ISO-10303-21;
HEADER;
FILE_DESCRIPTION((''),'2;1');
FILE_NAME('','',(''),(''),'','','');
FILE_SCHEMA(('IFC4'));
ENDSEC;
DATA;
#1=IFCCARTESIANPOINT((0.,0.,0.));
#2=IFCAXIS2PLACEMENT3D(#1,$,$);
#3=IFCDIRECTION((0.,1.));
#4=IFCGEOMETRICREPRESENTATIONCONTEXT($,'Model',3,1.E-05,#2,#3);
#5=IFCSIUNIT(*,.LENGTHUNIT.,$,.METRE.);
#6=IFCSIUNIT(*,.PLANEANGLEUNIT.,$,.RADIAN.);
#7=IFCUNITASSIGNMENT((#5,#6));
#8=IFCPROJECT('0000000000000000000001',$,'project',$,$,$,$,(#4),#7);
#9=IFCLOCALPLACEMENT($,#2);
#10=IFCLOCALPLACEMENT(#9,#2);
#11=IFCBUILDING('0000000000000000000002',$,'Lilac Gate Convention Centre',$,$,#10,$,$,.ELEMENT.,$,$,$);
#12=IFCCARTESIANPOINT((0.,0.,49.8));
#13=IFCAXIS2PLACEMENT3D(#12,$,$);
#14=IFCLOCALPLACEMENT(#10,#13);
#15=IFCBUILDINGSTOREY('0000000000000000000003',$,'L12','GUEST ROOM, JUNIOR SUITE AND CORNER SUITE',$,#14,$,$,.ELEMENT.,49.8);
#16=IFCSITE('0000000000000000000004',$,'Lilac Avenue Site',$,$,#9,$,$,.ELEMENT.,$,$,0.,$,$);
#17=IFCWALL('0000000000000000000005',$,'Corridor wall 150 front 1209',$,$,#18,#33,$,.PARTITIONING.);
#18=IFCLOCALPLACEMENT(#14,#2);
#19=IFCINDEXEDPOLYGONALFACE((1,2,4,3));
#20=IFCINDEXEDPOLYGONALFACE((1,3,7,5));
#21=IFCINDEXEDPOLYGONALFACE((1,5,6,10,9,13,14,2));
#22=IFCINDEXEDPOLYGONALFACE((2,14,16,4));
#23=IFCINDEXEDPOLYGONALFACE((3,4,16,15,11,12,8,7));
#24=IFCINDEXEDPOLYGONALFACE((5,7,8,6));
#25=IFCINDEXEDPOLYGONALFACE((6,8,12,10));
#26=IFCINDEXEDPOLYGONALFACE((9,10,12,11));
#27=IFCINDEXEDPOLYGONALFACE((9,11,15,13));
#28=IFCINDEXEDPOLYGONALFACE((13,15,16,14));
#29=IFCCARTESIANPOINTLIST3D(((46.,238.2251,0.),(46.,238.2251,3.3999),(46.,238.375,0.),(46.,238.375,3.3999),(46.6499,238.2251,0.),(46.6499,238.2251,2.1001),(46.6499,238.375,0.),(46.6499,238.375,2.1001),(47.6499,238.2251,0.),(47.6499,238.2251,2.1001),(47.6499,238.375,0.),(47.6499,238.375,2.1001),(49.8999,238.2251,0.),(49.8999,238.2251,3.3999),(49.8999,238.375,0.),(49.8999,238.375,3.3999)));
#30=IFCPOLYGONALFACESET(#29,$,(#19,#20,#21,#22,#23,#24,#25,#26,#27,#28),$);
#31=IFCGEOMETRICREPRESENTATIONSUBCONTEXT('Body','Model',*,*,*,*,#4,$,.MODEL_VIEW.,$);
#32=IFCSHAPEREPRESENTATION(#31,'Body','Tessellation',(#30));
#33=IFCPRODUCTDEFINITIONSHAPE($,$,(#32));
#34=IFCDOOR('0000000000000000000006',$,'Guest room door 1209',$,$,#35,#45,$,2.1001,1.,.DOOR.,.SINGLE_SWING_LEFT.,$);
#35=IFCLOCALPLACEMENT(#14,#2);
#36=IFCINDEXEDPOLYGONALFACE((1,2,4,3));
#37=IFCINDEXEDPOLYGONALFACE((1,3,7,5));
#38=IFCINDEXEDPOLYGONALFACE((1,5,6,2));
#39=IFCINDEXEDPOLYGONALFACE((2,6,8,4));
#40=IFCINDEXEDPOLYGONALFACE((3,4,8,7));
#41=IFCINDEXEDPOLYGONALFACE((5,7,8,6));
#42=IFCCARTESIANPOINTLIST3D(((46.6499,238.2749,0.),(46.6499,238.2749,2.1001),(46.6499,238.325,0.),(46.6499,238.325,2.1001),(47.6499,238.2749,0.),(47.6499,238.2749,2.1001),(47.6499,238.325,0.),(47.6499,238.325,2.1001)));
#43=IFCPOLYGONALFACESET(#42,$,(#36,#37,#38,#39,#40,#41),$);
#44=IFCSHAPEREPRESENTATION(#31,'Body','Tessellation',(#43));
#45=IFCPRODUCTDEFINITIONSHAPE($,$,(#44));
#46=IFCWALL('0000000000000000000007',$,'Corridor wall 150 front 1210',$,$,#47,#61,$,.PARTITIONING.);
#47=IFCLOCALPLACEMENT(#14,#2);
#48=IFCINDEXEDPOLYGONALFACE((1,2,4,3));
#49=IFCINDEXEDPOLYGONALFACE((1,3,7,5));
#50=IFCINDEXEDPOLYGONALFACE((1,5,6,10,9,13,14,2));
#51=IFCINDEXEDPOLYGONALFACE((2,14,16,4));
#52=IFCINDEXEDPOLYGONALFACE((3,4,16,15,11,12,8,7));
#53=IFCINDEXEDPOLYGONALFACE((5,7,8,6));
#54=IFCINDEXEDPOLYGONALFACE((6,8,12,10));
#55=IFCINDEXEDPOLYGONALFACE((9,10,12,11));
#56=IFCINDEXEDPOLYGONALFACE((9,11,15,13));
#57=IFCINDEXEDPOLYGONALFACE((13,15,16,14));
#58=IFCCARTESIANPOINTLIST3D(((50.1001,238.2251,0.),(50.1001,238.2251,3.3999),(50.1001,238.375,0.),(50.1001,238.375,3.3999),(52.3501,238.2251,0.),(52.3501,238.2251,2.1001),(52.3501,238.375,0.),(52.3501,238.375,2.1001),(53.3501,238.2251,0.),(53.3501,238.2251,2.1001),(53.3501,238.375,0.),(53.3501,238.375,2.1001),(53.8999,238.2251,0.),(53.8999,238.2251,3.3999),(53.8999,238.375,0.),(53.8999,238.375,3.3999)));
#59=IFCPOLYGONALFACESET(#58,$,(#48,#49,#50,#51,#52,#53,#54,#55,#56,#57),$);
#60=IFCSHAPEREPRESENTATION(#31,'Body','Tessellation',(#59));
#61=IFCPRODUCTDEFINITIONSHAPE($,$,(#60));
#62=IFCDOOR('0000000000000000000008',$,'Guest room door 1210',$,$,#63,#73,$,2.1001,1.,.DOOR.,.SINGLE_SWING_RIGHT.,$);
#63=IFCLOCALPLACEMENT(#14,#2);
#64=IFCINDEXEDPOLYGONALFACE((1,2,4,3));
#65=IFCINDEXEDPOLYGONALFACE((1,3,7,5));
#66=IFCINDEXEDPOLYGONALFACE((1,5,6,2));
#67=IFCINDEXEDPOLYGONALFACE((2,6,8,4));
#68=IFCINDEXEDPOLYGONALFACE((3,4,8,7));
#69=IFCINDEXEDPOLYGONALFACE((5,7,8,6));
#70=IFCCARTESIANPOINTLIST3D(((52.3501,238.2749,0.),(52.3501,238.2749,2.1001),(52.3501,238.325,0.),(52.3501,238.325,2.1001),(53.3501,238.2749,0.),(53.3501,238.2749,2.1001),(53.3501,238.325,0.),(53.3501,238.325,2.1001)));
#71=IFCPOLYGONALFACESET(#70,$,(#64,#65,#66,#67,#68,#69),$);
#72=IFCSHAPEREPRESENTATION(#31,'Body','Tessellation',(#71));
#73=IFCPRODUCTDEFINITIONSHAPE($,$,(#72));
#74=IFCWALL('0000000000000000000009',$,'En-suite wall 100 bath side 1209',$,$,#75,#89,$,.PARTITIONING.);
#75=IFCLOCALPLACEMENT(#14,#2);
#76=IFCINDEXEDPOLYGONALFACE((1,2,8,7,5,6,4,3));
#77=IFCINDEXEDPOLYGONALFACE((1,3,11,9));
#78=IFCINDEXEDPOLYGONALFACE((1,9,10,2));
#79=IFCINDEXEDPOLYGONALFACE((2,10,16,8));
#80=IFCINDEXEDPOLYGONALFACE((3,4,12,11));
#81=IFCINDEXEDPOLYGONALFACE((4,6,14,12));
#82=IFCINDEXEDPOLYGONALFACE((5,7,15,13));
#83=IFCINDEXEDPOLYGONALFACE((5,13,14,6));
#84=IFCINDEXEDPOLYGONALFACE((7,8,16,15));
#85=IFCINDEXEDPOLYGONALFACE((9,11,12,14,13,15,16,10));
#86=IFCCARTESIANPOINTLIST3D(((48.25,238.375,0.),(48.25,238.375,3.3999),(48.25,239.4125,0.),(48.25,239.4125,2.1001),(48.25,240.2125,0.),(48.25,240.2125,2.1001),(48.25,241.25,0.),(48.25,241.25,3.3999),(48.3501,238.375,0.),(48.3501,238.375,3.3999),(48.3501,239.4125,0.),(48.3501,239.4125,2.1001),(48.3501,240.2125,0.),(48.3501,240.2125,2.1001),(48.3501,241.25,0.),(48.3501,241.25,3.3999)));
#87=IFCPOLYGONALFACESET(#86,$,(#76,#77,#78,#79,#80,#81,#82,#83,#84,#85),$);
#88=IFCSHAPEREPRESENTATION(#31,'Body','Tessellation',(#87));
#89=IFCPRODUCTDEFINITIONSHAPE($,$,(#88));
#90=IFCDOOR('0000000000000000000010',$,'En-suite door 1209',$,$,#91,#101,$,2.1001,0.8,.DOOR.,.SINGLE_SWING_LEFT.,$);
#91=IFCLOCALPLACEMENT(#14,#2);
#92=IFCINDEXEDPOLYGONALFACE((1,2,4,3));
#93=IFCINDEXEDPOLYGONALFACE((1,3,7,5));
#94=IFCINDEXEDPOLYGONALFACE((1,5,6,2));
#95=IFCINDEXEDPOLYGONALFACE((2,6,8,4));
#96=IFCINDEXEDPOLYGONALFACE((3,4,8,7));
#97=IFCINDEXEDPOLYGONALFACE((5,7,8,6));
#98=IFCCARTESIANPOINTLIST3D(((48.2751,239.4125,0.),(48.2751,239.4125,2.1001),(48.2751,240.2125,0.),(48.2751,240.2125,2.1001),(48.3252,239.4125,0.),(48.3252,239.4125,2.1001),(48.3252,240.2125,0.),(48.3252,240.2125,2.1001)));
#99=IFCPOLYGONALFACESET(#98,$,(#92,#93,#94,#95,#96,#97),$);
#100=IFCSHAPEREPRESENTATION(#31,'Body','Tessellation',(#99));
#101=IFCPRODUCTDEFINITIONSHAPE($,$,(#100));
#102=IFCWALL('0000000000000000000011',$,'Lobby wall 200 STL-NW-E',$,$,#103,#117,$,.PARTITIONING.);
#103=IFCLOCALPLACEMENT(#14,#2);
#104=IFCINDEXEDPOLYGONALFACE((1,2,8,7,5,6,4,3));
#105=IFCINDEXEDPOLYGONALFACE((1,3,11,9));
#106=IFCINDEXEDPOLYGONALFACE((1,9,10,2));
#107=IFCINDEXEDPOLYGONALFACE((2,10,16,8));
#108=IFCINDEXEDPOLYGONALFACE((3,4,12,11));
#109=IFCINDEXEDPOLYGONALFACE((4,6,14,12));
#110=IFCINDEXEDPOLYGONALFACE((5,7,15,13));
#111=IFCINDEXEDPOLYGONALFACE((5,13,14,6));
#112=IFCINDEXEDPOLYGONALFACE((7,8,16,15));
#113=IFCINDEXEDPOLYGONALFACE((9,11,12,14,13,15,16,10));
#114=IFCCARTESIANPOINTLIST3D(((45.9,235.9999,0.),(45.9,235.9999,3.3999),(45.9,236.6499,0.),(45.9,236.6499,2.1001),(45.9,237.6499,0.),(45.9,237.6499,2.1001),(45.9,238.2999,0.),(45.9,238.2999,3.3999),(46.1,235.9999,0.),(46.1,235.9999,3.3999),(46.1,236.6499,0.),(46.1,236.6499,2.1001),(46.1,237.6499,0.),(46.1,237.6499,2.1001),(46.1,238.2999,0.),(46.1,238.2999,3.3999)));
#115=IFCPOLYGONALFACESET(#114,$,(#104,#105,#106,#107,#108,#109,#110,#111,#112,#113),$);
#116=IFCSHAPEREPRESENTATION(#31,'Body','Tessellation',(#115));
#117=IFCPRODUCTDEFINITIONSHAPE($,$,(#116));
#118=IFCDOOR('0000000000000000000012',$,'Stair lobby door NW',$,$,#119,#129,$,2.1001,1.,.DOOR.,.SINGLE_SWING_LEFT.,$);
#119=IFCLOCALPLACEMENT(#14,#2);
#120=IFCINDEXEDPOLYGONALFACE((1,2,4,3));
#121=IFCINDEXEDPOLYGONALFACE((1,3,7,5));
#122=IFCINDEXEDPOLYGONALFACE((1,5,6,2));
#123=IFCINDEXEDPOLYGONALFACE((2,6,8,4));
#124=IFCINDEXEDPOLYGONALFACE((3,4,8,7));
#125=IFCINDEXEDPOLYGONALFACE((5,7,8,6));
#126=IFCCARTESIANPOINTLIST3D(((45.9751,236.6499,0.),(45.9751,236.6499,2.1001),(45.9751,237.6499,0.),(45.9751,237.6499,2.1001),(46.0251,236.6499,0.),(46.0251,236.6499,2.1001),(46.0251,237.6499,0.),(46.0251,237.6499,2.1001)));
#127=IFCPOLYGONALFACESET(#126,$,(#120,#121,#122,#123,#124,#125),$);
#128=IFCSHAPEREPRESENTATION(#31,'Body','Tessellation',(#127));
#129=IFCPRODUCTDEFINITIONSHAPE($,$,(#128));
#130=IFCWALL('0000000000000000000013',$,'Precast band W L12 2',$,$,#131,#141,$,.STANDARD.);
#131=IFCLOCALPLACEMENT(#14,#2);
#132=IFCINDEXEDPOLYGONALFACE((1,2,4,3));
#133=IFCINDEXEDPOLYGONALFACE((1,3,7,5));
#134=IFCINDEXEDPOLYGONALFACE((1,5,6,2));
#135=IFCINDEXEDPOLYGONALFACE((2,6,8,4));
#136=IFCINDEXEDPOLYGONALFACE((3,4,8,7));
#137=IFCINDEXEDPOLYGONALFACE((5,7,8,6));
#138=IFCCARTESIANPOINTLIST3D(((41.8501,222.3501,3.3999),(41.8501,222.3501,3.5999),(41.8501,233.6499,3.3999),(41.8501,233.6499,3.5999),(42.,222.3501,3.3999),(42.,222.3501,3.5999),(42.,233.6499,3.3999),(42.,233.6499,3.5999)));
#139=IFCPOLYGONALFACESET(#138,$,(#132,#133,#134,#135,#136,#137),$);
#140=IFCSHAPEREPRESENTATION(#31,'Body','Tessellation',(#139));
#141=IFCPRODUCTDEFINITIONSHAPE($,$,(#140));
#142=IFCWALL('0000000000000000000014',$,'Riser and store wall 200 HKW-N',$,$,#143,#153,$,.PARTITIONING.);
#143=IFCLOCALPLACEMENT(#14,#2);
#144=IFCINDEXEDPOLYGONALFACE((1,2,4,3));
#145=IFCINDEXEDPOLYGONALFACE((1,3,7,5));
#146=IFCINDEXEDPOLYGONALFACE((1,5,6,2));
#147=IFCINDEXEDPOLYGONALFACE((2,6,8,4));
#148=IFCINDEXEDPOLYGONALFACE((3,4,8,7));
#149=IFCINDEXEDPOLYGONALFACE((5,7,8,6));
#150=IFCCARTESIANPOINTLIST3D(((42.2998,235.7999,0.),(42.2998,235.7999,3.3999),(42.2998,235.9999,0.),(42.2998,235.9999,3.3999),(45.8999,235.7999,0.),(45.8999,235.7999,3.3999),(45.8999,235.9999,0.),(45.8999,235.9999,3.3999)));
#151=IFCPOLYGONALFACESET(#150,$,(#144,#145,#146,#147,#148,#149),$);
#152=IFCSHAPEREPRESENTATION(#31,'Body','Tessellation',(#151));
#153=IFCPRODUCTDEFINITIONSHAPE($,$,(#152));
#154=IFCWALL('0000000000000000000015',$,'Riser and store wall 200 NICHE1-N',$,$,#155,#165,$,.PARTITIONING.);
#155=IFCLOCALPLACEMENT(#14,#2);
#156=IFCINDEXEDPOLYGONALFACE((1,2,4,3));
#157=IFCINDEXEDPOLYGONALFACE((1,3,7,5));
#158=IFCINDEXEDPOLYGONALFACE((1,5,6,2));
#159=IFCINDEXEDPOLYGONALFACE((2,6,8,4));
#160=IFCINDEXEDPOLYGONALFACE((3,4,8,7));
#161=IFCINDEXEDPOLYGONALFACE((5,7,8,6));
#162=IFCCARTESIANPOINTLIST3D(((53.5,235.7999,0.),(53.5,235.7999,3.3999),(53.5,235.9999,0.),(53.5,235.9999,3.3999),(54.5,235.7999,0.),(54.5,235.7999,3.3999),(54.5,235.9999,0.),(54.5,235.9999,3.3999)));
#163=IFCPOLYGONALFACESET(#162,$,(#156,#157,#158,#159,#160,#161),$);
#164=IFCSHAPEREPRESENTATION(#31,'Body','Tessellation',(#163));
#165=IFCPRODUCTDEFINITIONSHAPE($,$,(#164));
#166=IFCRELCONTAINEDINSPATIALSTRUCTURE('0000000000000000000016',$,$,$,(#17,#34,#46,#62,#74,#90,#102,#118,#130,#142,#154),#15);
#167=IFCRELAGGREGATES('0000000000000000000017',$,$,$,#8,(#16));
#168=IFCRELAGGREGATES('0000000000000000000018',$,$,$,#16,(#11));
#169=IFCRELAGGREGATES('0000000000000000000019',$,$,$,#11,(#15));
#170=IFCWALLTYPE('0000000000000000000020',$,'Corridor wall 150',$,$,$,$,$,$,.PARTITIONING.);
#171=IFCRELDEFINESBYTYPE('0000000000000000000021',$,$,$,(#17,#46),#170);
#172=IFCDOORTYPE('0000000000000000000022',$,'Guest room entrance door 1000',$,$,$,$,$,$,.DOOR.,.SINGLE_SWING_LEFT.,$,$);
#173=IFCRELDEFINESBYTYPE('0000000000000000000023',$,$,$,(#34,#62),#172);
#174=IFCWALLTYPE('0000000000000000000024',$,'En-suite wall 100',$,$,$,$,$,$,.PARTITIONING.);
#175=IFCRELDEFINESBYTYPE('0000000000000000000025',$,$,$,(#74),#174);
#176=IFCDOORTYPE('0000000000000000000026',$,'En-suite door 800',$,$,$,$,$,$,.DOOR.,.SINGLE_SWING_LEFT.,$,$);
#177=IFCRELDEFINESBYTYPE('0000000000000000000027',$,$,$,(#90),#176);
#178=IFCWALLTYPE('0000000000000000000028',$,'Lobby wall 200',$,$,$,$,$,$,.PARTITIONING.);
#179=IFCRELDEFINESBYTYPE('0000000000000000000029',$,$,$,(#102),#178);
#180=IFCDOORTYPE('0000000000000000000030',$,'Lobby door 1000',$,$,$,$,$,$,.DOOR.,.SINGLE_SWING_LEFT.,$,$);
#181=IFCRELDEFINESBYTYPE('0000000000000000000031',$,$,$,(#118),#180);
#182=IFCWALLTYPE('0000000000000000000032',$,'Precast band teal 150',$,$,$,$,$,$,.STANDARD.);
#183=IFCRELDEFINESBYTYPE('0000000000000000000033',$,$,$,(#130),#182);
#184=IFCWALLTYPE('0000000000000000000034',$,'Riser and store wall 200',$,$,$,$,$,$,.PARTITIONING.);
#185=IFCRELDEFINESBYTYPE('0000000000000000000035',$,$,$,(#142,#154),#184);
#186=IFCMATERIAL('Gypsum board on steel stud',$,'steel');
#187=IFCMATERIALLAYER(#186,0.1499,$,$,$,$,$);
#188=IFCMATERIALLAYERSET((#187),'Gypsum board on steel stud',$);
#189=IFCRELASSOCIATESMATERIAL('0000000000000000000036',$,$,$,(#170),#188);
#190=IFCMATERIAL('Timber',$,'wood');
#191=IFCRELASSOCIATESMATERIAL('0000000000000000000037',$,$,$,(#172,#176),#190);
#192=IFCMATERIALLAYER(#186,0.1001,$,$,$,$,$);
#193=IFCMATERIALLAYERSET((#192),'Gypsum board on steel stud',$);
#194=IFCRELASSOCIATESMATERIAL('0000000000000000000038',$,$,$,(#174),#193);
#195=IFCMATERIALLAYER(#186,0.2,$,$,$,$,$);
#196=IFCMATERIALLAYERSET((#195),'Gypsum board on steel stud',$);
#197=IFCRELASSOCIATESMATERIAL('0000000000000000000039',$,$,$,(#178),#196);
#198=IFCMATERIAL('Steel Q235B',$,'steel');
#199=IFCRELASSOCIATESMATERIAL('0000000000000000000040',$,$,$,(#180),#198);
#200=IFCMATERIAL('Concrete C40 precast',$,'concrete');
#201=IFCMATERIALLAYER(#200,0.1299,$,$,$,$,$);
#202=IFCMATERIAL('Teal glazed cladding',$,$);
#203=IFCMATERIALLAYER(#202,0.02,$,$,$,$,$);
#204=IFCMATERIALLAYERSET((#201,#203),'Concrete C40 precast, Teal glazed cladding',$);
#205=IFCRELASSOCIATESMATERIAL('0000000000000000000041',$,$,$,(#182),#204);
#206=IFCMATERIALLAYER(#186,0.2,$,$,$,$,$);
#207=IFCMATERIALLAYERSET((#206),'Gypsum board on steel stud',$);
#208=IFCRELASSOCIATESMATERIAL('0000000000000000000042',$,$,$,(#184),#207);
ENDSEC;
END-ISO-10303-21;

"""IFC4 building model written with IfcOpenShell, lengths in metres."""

from ifc_helpers import new_model, si_unit, direction, frame, frame_2d, origin, place, context, subcontext, project, spatial, rectangle, extrude, material, layer, layer_set, type_object, element, fill, save


model = new_model("IFC4")

# Units and contexts
model_context = context("Model", 3, precision=1e-05, world=origin(), true_north=direction((0.0, 1.0)))
body_context = subcontext(model_context, "Body", "Model", "MODEL_VIEW")
ifc_project = project(units=[si_unit("LENGTHUNIT", "METRE"), si_unit("PLANEANGLEUNIT", "RADIAN")], contexts=[model_context])

# Site, building, storey
site_placement = place(None, origin())
site = spatial("IfcSite", under=ifc_project, at=site_placement, Name="Lilac Avenue Site", CompositionType="ELEMENT", RefElevation=0.0)
building_placement = place(site_placement, origin())
building = spatial("IfcBuilding", under=site, at=building_placement, Name="Lilac Gate Convention Centre", CompositionType="ELEMENT")
storey_placement = place(building_placement, frame((0.0, 0.0, 49.8)))
storey = spatial("IfcBuildingStorey", under=building, at=storey_placement, Name="L12", Description="GUEST ROOM, JUNIOR SUITE AND CORNER SUITE", CompositionType="ELEMENT", Elevation=49.8)

# Walls, openings, doors
ifc_material_1 = material(Name="Gypsum board on steel stud", Category="steel")
ifc_layer_1 = layer(ifc_material_1, 0.1499)
ifc_layer_set_1 = layer_set([ifc_layer_1], Name="Gypsum board on steel stud")
wall_type_1 = type_object("IfcWallType", Name="Corridor wall 150", PredefinedType="PARTITIONING", material=ifc_layer_set_1)
wall_1_placement = place(storey_placement, frame((46.0, 238.3, 0.0), z_axis=(0.0, 0.0, 1.0), x_axis=(1.0, 0.0, 0.0)))
wall_1 = element("IfcWall", 1, at=wall_1_placement, inside=storey, type_object=wall_type_1, Name="Corridor wall 150 front 1209", PredefinedType="PARTITIONING", context=body_context, shape_type="SweptSolid", body=[
    extrude(rectangle(XDim=3.8999, YDim=0.1499, at=frame_2d((1.95, 0.0))), origin(), (0.0, 0.0, 1.0), 3.3999),
])
opening_1_placement = place(wall_1_placement, frame((0.6499, 0.0, 0.0)))
opening_1 = element("IfcOpeningElement", 2, at=opening_1_placement, cuts=wall_1, PredefinedType="OPENING", context=body_context, shape_type="SweptSolid", body=[
    extrude(rectangle(XDim=1.0, YDim=2.1001, at=frame_2d((0.5, 1.05))), frame((0.0, 0.085, 0.0), z_axis=(0.0, -1.0, 0.0), x_axis=(1.0, 0.0, 0.0)), (0.0, 0.0, 1.0), 0.1699),
])
ifc_material_2 = material(Name="Timber", Category="wood")
door_type_1 = type_object("IfcDoorType", Name="Guest room entrance door 1000", OperationType="SINGLE_SWING_LEFT", PredefinedType="DOOR", material=ifc_material_2)
door_1_placement = place(opening_1_placement, origin())
door_1 = element("IfcDoor", 3, at=door_1_placement, inside=storey, type_object=door_type_1, Name="Guest room door 1209", OperationType="SINGLE_SWING_LEFT", OverallHeight=2.1001, OverallWidth=1.0, PredefinedType="DOOR", context=body_context, shape_type="SweptSolid", body=[
    extrude(rectangle(XDim=1.0, YDim=2.1001, at=frame_2d((0.5, 1.05))), frame((0.0, 0.0249, 0.0), z_axis=(0.0, -1.0, 0.0), x_axis=(1.0, 0.0, 0.0)), (0.0, 0.0, 1.0), 0.05),
])
fill(opening_1, door_1)
wall_2_placement = place(storey_placement, frame((50.1001, 238.3, 0.0), z_axis=(0.0, 0.0, 1.0), x_axis=(1.0, 0.0, 0.0)))
wall_2 = element("IfcWall", 4, at=wall_2_placement, inside=storey, type_object=wall_type_1, Name="Corridor wall 150 front 1210", PredefinedType="PARTITIONING", context=body_context, shape_type="SweptSolid", body=[
    extrude(rectangle(XDim=3.7998, YDim=0.1499, at=frame_2d((1.8999, 0.0))), origin(), (0.0, 0.0, 1.0), 3.3999),
])
opening_2_placement = place(wall_2_placement, frame((2.25, 0.0, 0.0)))
opening_2 = element("IfcOpeningElement", 5, at=opening_2_placement, cuts=wall_2, PredefinedType="OPENING", context=body_context, shape_type="SweptSolid", body=[
    extrude(rectangle(XDim=1.0, YDim=2.1001, at=frame_2d((0.5, 1.05))), frame((0.0, 0.085, 0.0), z_axis=(0.0, -1.0, 0.0), x_axis=(1.0, 0.0, 0.0)), (0.0, 0.0, 1.0), 0.1699),
])
door_2_placement = place(opening_2_placement, origin())
door_2 = element("IfcDoor", 6, at=door_2_placement, inside=storey, type_object=door_type_1, Name="Guest room door 1210", OperationType="SINGLE_SWING_RIGHT", OverallHeight=2.1001, OverallWidth=1.0, PredefinedType="DOOR", context=body_context, shape_type="SweptSolid", body=[
    extrude(rectangle(XDim=1.0, YDim=2.1001, at=frame_2d((0.5, 1.05))), frame((0.0, 0.0249, 0.0), z_axis=(0.0, -1.0, 0.0), x_axis=(1.0, 0.0, 0.0)), (0.0, 0.0, 1.0), 0.05),
])
fill(opening_2, door_2)
ifc_layer_2 = layer(ifc_material_1, 0.1001)
ifc_layer_set_2 = layer_set([ifc_layer_2], Name="Gypsum board on steel stud")
wall_type_2 = type_object("IfcWallType", Name="En-suite wall 100", PredefinedType="PARTITIONING", material=ifc_layer_set_2)
wall_3_placement = place(storey_placement, frame((48.3, 238.375, 0.0), z_axis=(0.0, 0.0, 1.0), x_axis=(0.0, 1.0, 0.0)))
wall_3 = element("IfcWall", 7, at=wall_3_placement, inside=storey, type_object=wall_type_2, Name="En-suite wall 100 bath side 1209", PredefinedType="PARTITIONING", context=body_context, shape_type="SweptSolid", body=[
    extrude(rectangle(XDim=2.875, YDim=0.1001, at=frame_2d((1.4375, 0.0))), origin(), (0.0, 0.0, 1.0), 3.3999),
])
opening_3_placement = place(wall_3_placement, frame((1.0376, 0.0, 0.0)))
opening_3 = element("IfcOpeningElement", 8, at=opening_3_placement, cuts=wall_3, PredefinedType="OPENING", context=body_context, shape_type="SweptSolid", body=[
    extrude(rectangle(XDim=0.8, YDim=2.1001, at=frame_2d((0.3999, 1.05))), frame((0.0, 0.0601, 0.0), z_axis=(0.0, -1.0, 0.0), x_axis=(1.0, 0.0, 0.0)), (0.0, 0.0, 1.0), 0.1201),
])
door_type_2 = type_object("IfcDoorType", Name="En-suite door 800", OperationType="SINGLE_SWING_LEFT", PredefinedType="DOOR", material=ifc_material_2)
door_3_placement = place(opening_3_placement, origin())
door_3 = element("IfcDoor", 9, at=door_3_placement, inside=storey, type_object=door_type_2, Name="En-suite door 1209", OperationType="SINGLE_SWING_LEFT", OverallHeight=2.1001, OverallWidth=0.8, PredefinedType="DOOR", context=body_context, shape_type="SweptSolid", body=[
    extrude(rectangle(XDim=0.8, YDim=2.1001, at=frame_2d((0.3999, 1.05))), frame((0.0, 0.0249, 0.0), z_axis=(0.0, -1.0, 0.0), x_axis=(1.0, 0.0, 0.0)), (0.0, 0.0, 1.0), 0.05),
])
fill(opening_3, door_3)
ifc_layer_3 = layer(ifc_material_1, 0.2)
ifc_layer_set_3 = layer_set([ifc_layer_3], Name="Gypsum board on steel stud")
wall_type_3 = type_object("IfcWallType", Name="Lobby wall 200", PredefinedType="PARTITIONING", material=ifc_layer_set_3)
wall_4_placement = place(storey_placement, frame((46.0, 236.0, 0.0), z_axis=(0.0, 0.0, 1.0), x_axis=(0.0, 1.0, 0.0)))
wall_4 = element("IfcWall", 10, at=wall_4_placement, inside=storey, type_object=wall_type_3, Name="Lobby wall 200 STL-NW-E", PredefinedType="PARTITIONING", context=body_context, shape_type="SweptSolid", body=[
    extrude(rectangle(XDim=2.3, YDim=0.2, at=frame_2d((1.1499, 0.0))), origin(), (0.0, 0.0, 1.0), 3.3999),
])
opening_4_placement = place(wall_4_placement, frame((0.6499, 0.0, 0.0)))
opening_4 = element("IfcOpeningElement", 11, at=opening_4_placement, cuts=wall_4, PredefinedType="OPENING", context=body_context, shape_type="SweptSolid", body=[
    extrude(rectangle(XDim=1.0, YDim=2.1001, at=frame_2d((0.5, 1.05))), frame((0.0, 0.1099, 0.0), z_axis=(0.0, -1.0, 0.0), x_axis=(1.0, 0.0, 0.0)), (0.0, 0.0, 1.0), 0.22),
])
ifc_material_3 = material(Name="Steel Q235B", Category="steel")
door_type_3 = type_object("IfcDoorType", Name="Lobby door 1000", OperationType="SINGLE_SWING_LEFT", PredefinedType="DOOR", material=ifc_material_3)
door_4_placement = place(opening_4_placement, origin())
door_4 = element("IfcDoor", 12, at=door_4_placement, inside=storey, type_object=door_type_3, Name="Stair lobby door NW", OperationType="SINGLE_SWING_LEFT", OverallHeight=2.1001, OverallWidth=1.0, PredefinedType="DOOR", context=body_context, shape_type="SweptSolid", body=[
    extrude(rectangle(XDim=1.0, YDim=2.1001, at=frame_2d((0.5, 1.05))), frame((0.0, 0.0249, 0.0), z_axis=(0.0, -1.0, 0.0), x_axis=(1.0, 0.0, 0.0)), (0.0, 0.0, 1.0), 0.05),
])
fill(opening_4, door_4)

# Walls
ifc_material_4 = material(Name="Concrete C40 precast", Category="concrete")
ifc_layer_4 = layer(ifc_material_4, 0.1299)
ifc_material_5 = material(Name="Teal glazed cladding")
ifc_layer_5 = layer(ifc_material_5, 0.02)
ifc_layer_set_4 = layer_set([ifc_layer_4, ifc_layer_5], Name="Concrete C40 precast, Teal glazed cladding")
wall_type_4 = type_object("IfcWallType", Name="Precast band teal 150", PredefinedType="STANDARD", material=ifc_layer_set_4)
wall_5_placement = place(storey_placement, frame((41.925, 233.6499, 3.3999), z_axis=(0.0, 0.0, 1.0), x_axis=(0.0, -1.0, 0.0)))
element("IfcWall", 13, at=wall_5_placement, inside=storey, type_object=wall_type_4, Name="Precast band W L12 2", PredefinedType="STANDARD", context=body_context, shape_type="SweptSolid", body=[
    extrude(rectangle(XDim=11.2998, YDim=0.1499, at=frame_2d((5.6499, 0.0))), origin(), (0.0, 0.0, 1.0), 0.2),
])
ifc_layer_6 = layer(ifc_material_1, 0.2)
ifc_layer_set_5 = layer_set([ifc_layer_6], Name="Gypsum board on steel stud")
wall_type_5 = type_object("IfcWallType", Name="Riser and store wall 200", PredefinedType="PARTITIONING", material=ifc_layer_set_5)
wall_6_placement = place(storey_placement, frame((42.2998, 235.8999, 0.0), z_axis=(0.0, 0.0, 1.0), x_axis=(1.0, 0.0, 0.0)))
element("IfcWall", 14, at=wall_6_placement, inside=storey, type_object=wall_type_5, Name="Riser and store wall 200 HKW-N", PredefinedType="PARTITIONING", context=body_context, shape_type="SweptSolid", body=[
    extrude(rectangle(XDim=3.6001, YDim=0.2, at=frame_2d((1.8, 0.0))), origin(), (0.0, 0.0, 1.0), 3.3999),
])
wall_7_placement = place(storey_placement, frame((53.5, 235.8999, 0.0), z_axis=(0.0, 0.0, 1.0), x_axis=(1.0, 0.0, 0.0)))
element("IfcWall", 15, at=wall_7_placement, inside=storey, type_object=wall_type_5, Name="Riser and store wall 200 NICHE1-N", PredefinedType="PARTITIONING", context=body_context, shape_type="SweptSolid", body=[
    extrude(rectangle(XDim=1.0, YDim=0.2, at=frame_2d((0.5, 0.0))), origin(), (0.0, 0.0, 1.0), 3.3999),
])

save(model, "model.ifc")
